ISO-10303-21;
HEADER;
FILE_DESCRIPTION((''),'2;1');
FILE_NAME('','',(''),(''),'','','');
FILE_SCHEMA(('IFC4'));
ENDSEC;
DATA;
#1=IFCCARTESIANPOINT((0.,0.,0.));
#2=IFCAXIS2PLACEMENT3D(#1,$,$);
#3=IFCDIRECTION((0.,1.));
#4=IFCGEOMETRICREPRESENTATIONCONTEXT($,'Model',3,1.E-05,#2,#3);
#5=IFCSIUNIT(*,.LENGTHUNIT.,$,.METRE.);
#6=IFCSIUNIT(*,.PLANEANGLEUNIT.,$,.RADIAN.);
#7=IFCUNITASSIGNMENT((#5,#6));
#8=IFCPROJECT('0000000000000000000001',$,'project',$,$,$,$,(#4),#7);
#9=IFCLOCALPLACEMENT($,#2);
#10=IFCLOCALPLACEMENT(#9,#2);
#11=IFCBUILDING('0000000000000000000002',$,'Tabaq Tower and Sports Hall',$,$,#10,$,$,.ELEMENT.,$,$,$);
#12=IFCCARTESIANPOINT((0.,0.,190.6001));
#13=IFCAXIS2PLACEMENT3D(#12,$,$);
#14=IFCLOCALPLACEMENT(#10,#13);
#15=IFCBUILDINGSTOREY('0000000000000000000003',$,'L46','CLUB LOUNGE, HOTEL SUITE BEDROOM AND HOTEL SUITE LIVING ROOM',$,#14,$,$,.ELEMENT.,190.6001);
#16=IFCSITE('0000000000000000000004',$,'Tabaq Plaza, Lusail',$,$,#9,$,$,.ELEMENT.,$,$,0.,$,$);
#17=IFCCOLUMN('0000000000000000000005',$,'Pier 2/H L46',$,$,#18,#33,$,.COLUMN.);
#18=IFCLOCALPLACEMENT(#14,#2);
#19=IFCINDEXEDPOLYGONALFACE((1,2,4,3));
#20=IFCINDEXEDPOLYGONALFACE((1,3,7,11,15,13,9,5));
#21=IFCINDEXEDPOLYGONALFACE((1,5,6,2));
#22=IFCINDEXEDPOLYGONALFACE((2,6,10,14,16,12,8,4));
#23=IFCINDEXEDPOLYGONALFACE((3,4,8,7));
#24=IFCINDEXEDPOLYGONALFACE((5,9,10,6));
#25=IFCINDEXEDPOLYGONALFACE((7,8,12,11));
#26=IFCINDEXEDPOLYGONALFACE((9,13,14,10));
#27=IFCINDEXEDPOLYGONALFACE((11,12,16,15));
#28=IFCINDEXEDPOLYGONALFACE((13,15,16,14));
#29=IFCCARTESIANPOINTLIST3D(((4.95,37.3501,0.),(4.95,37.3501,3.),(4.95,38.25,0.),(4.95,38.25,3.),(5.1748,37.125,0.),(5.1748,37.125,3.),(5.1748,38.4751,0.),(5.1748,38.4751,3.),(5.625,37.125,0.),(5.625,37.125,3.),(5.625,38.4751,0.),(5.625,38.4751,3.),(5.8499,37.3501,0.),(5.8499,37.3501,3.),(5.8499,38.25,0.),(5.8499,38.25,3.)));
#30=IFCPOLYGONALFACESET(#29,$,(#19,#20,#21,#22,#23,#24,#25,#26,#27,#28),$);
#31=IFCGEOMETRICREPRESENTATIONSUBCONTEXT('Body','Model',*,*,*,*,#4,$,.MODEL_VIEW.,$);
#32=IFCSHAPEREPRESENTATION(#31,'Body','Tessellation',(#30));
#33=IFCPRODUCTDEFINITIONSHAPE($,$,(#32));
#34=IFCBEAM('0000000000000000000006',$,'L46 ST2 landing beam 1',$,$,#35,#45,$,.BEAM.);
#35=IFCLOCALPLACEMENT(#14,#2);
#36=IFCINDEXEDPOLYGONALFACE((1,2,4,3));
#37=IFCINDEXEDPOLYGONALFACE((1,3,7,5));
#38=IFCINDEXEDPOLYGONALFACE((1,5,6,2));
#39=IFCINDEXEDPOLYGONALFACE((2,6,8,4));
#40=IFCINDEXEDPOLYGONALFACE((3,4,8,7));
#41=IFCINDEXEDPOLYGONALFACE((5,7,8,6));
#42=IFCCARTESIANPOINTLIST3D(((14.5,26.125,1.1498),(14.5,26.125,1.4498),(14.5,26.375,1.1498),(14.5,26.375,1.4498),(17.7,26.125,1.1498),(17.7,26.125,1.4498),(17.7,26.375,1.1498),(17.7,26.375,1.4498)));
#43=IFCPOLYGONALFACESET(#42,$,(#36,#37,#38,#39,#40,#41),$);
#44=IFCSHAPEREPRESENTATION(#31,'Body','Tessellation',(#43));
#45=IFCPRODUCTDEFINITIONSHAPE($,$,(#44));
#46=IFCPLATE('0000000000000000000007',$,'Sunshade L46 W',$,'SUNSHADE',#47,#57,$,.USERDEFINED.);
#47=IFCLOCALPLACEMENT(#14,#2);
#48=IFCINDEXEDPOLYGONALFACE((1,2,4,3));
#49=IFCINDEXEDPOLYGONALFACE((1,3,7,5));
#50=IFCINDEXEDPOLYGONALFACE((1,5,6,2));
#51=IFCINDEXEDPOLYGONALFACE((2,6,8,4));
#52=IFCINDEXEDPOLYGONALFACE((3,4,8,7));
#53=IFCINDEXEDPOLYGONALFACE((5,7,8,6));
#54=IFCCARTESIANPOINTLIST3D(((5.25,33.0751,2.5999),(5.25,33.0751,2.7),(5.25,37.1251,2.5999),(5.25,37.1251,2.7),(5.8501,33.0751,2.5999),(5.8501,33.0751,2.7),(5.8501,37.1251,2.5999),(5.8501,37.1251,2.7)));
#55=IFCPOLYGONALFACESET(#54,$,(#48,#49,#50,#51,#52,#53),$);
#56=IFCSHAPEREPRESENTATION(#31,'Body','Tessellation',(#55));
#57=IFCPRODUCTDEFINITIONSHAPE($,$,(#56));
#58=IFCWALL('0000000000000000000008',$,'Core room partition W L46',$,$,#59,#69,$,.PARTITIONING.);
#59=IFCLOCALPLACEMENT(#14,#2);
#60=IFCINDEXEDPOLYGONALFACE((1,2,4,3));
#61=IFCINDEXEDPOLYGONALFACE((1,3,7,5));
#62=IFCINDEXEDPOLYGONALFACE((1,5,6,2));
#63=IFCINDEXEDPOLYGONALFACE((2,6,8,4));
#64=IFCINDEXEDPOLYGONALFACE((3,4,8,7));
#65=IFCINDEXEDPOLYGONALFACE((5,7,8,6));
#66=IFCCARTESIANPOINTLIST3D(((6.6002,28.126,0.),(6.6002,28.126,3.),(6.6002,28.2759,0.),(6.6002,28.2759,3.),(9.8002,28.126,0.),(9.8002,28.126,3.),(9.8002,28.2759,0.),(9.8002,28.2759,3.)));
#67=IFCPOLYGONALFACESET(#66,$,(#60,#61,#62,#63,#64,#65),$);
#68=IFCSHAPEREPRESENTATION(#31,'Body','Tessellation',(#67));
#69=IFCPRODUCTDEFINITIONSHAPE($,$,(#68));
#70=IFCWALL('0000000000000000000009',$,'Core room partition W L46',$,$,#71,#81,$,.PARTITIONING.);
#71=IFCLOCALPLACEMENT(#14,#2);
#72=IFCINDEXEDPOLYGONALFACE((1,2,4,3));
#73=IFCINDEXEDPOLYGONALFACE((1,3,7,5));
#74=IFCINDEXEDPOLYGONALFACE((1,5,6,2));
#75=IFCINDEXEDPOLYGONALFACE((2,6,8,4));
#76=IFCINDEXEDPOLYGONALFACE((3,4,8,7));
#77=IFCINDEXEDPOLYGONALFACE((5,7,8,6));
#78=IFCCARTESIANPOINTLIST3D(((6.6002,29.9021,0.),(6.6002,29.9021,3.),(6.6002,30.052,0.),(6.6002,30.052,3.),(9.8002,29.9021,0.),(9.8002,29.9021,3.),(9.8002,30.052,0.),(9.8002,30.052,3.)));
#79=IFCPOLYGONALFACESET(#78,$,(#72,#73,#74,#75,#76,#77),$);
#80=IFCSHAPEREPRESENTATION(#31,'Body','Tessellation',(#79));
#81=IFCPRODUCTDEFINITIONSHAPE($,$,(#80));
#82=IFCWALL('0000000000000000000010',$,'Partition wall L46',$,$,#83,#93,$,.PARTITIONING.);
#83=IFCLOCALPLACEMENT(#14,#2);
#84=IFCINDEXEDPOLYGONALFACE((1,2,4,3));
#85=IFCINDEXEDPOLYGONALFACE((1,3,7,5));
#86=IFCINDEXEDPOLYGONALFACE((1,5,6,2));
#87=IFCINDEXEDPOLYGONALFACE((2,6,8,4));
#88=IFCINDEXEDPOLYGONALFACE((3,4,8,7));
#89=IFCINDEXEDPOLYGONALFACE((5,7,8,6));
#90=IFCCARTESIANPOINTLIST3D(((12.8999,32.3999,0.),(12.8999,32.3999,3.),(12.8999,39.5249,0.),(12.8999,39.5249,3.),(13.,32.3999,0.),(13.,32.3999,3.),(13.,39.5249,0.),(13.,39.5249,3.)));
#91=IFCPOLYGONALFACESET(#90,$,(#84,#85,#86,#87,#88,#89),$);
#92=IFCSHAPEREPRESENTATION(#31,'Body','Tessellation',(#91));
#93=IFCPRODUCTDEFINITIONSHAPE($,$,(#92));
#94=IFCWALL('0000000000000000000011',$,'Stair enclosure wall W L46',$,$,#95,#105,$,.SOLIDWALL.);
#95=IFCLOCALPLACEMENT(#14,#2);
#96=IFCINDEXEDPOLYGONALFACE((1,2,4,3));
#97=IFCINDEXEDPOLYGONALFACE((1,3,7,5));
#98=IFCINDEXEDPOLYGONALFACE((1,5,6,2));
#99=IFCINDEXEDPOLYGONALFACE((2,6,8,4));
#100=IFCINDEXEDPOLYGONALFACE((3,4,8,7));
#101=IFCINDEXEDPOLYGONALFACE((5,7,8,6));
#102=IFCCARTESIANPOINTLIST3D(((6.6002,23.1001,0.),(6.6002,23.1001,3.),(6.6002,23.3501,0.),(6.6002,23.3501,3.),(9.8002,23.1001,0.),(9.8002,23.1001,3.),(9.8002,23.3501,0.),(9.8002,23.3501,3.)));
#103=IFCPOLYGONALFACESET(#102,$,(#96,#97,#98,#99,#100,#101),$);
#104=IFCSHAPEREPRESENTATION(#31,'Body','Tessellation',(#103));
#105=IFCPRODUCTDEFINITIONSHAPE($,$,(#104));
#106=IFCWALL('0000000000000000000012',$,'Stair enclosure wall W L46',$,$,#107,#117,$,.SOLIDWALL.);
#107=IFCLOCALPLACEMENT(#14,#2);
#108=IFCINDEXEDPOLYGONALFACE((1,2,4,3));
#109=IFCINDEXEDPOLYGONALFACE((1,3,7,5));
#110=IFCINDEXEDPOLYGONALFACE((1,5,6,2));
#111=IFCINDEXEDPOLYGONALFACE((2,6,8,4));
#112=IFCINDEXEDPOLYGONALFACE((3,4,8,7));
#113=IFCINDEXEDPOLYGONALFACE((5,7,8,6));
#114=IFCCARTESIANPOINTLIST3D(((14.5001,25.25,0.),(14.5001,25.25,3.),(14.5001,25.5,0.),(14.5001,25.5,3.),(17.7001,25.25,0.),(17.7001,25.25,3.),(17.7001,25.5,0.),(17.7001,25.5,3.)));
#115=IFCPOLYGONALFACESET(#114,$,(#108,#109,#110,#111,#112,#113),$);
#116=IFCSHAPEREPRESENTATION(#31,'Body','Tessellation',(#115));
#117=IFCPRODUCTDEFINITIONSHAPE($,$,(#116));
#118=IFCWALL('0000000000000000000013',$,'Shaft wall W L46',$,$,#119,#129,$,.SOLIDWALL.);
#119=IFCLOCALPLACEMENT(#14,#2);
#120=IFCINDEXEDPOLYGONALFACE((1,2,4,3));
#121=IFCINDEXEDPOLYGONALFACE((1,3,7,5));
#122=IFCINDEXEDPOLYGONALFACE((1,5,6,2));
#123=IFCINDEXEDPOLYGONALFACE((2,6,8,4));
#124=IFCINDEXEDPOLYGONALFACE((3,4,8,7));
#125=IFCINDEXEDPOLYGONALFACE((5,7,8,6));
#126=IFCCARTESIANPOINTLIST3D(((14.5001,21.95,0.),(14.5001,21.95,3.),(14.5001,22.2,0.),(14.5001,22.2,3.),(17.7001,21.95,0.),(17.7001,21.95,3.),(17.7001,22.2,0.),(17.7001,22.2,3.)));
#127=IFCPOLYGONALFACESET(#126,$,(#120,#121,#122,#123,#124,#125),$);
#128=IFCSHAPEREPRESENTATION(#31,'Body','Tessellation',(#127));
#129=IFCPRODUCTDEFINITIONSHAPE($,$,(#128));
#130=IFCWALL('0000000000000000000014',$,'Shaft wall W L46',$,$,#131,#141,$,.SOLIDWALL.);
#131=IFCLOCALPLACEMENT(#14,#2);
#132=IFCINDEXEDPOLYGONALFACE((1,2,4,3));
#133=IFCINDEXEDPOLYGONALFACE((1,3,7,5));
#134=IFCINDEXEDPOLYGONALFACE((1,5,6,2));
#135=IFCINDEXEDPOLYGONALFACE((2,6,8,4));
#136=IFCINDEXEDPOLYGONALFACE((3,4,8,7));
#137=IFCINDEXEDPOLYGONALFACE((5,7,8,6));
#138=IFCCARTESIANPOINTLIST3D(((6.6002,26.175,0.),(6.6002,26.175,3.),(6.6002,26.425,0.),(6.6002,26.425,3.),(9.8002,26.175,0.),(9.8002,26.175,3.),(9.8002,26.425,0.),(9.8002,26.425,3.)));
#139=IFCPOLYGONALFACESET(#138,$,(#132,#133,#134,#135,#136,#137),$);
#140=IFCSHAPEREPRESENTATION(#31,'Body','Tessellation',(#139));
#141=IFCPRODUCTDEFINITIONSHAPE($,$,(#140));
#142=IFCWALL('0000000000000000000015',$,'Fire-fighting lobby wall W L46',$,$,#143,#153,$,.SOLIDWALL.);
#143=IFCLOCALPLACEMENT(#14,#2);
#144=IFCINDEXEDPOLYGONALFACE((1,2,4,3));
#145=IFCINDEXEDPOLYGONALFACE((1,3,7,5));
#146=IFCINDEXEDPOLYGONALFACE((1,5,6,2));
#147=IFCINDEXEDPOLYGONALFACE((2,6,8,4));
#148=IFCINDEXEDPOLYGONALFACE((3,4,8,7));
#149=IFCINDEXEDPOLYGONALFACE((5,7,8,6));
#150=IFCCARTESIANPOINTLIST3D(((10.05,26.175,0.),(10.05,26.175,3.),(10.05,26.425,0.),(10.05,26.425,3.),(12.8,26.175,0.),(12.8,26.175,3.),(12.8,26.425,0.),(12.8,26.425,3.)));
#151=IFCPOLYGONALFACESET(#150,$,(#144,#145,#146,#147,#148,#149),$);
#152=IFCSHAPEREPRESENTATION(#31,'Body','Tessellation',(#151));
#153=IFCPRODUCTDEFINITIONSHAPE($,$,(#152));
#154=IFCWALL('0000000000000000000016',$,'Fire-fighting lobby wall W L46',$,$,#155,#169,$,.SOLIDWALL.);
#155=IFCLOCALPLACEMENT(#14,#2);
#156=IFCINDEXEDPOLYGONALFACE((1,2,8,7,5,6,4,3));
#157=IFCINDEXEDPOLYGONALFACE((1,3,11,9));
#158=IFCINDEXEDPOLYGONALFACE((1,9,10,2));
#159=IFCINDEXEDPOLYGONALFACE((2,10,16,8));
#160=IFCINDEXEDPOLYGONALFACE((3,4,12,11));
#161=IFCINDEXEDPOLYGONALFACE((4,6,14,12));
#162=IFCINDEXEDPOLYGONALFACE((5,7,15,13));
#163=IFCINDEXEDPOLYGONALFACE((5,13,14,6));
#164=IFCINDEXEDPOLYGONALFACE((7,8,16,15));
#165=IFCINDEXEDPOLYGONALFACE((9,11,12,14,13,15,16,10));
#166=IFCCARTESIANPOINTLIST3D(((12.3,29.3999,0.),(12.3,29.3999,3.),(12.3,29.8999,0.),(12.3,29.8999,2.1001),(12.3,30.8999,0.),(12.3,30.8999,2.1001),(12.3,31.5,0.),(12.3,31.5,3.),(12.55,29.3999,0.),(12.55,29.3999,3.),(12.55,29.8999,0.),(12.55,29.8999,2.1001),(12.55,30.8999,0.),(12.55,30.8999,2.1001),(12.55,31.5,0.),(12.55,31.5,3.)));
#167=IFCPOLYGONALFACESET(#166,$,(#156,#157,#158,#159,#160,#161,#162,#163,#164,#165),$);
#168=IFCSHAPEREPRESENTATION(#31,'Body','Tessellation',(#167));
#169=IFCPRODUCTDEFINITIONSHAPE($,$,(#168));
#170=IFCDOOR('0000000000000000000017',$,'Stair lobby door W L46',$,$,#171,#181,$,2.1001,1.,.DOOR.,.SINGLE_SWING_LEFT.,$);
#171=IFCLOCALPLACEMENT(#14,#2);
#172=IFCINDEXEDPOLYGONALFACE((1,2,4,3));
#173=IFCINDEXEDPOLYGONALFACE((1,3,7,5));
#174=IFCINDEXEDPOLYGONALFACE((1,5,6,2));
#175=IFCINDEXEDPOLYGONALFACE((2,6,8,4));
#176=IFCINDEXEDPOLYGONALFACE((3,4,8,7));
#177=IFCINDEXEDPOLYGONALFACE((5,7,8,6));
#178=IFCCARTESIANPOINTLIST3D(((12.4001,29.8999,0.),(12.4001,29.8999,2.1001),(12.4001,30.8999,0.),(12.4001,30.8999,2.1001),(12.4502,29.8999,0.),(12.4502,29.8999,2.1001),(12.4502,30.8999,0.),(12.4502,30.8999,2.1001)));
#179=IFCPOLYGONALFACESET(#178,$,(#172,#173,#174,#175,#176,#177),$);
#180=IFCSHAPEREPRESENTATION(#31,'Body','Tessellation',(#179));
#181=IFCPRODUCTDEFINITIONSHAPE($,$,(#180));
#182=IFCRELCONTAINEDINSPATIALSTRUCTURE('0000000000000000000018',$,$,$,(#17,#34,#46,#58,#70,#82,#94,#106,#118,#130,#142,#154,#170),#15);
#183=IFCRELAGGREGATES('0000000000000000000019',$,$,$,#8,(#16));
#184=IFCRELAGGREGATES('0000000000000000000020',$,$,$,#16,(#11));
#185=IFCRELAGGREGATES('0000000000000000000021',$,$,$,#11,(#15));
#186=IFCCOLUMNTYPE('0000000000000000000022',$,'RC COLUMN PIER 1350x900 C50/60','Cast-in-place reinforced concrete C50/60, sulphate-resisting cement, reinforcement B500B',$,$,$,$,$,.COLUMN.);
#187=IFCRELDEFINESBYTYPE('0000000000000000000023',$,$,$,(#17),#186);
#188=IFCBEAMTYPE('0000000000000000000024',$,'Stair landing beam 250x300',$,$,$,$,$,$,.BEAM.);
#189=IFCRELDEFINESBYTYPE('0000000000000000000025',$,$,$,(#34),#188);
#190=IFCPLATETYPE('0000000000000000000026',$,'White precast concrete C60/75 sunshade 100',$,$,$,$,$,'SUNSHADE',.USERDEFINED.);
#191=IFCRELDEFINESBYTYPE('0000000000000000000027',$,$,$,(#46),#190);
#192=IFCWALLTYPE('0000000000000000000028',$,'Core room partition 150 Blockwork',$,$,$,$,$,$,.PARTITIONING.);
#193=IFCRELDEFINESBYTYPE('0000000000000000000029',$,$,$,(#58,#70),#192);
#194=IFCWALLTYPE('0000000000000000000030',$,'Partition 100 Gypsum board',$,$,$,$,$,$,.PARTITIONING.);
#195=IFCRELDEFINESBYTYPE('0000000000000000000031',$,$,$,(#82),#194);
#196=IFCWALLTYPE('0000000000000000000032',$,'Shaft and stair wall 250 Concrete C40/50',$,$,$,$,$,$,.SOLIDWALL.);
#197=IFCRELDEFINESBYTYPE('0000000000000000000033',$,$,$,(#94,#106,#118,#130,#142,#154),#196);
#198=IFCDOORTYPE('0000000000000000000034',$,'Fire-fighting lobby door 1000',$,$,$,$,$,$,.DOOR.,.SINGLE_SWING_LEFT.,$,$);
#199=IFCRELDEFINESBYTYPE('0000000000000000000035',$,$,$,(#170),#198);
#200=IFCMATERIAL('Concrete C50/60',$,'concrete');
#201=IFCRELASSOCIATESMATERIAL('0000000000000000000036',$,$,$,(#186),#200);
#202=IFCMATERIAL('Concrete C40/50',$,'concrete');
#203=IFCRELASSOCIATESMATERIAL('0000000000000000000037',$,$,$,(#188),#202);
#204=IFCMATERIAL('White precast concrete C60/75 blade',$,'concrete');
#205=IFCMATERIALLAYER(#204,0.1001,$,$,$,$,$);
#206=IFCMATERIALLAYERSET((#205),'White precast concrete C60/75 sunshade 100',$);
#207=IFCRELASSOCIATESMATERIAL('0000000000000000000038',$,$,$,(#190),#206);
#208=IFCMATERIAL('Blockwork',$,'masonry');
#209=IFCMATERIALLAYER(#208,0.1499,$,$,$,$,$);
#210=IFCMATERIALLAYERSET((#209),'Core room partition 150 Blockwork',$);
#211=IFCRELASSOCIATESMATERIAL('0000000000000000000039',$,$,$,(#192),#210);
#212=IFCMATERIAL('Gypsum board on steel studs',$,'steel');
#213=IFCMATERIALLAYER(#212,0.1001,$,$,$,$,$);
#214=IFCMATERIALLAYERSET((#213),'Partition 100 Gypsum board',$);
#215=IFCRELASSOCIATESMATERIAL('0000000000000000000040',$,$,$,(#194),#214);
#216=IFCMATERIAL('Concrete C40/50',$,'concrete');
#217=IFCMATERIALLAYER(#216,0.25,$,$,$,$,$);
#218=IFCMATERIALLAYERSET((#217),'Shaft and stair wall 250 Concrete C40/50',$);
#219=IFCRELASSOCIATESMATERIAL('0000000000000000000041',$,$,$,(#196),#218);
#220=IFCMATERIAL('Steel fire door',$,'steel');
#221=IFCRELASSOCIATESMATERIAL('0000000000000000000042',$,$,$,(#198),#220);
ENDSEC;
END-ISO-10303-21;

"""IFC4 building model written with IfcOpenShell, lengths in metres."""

from ifc_helpers import new_model, si_unit, direction, frame, frame_2d, origin, origin_2d, place, context, subcontext, project, spatial, polyline, rectangle, outline, extrude, material, layer, layer_set, material_profile, profile_set, type_object, element, fill, save


model = new_model("IFC4")

# Units and contexts
model_context = context("Model", 3, precision=1e-05, world=origin(), true_north=direction((0.0, 1.0)))
body_context = subcontext(model_context, "Body", "Model", "MODEL_VIEW")
ifc_project = project(units=[si_unit("LENGTHUNIT", "METRE"), si_unit("PLANEANGLEUNIT", "RADIAN")], contexts=[model_context])

# Site, building, storey
site_placement = place(None, origin())
site = spatial("IfcSite", under=ifc_project, at=site_placement, Name="Tabaq Plaza, Lusail", CompositionType="ELEMENT", RefElevation=0.0)
building_placement = place(site_placement, origin())
building = spatial("IfcBuilding", under=site, at=building_placement, Name="Tabaq Tower and Sports Hall", CompositionType="ELEMENT")
storey_placement = place(building_placement, frame((0.0, 0.0, 190.6001)))
storey = spatial("IfcBuildingStorey", under=building, at=storey_placement, Name="L46", Description="CLUB LOUNGE, HOTEL SUITE BEDROOM AND HOTEL SUITE LIVING ROOM", CompositionType="ELEMENT", Elevation=190.6001)

# Column
ifc_material_1 = material(Name="Concrete C50/60", Category="concrete")
ifc_material_profile_1 = material_profile(ifc_material_1, outline(polyline([(-0.45, -0.45), (0.45, -0.45), (0.675, -0.2251), (0.675, 0.2251), (0.45, 0.45), (-0.45, 0.45), (-0.675, 0.2251), (-0.675, -0.2251), (-0.45, -0.45)])), Name="PIER 1350x900")
ifc_profile_set_1 = profile_set([ifc_material_profile_1], Name="Concrete C50/60")
column_type = type_object("IfcColumnType", Name="RC COLUMN PIER 1350x900 C50/60", Description="Cast-in-place reinforced concrete C50/60, sulphate-resisting cement, reinforcement B500B", PredefinedType="COLUMN", material=ifc_profile_set_1)
column_placement = place(storey_placement, frame((5.3999, 37.8, 0.0), z_axis=(0.0, 0.0, 1.0), x_axis=(0.0, 1.0, 0.0)))
element("IfcColumn", 1, at=column_placement, inside=storey, type_object=column_type, Name="Pier 2/H L46", PredefinedType="COLUMN", context=body_context, shape_type="SweptSolid", body=[
    extrude(outline(polyline([(-0.45, -0.45), (0.45, -0.45), (0.675, -0.2251), (0.675, 0.2251), (0.45, 0.45), (-0.45, 0.45), (-0.675, 0.2251), (-0.675, -0.2251), (-0.45, -0.45)])), origin(), (0.0, 0.0, 1.0), 3.0),
])

# Beam
ifc_material_2 = material(Name="Concrete C40/50", Category="concrete")
ifc_material_profile_2 = material_profile(ifc_material_2, rectangle(XDim=0.25, YDim=0.3, at=origin_2d()), Name="RC 250x300")
ifc_profile_set_2 = profile_set([ifc_material_profile_2], Name="Concrete C40/50")
beam_type = type_object("IfcBeamType", Name="Stair landing beam 250x300", PredefinedType="BEAM", material=ifc_profile_set_2)
beam_placement = place(storey_placement, frame((14.5, 26.25, 1.2998), z_axis=(1.0, 0.0, 0.0), x_axis=(0.0, 1.0, 0.0)))
element("IfcBeam", 2, at=beam_placement, inside=storey, type_object=beam_type, Name="L46 ST2 landing beam 1", PredefinedType="BEAM", context=body_context, shape_type="SweptSolid", body=[
    extrude(rectangle(XDim=0.25, YDim=0.3, at=origin_2d()), origin(), (0.0, 0.0, 1.0), 3.2),
])

# Plate
ifc_material_3 = material(Name="White precast concrete C60/75 blade", Category="concrete")
ifc_layer_1 = layer(ifc_material_3, 0.1001)
ifc_layer_set_1 = layer_set([ifc_layer_1], Name="White precast concrete C60/75 sunshade 100")
plate_type = type_object("IfcPlateType", Name="White precast concrete C60/75 sunshade 100", ElementType="SUNSHADE", PredefinedType="USERDEFINED", material=ifc_layer_set_1)
plate_placement = place(storey_placement, frame((5.55, 35.1001, 2.5999), z_axis=(0.0, 0.0, 1.0), x_axis=(0.0, -1.0, 0.0)))
element("IfcPlate", 3, at=plate_placement, inside=storey, type_object=plate_type, Name="Sunshade L46 W", ObjectType="SUNSHADE", PredefinedType="USERDEFINED", context=body_context, shape_type="SweptSolid", body=[
    extrude(rectangle(XDim=4.05, YDim=0.6001, at=origin_2d()), origin(), (0.0, 0.0, 1.0), 0.1001),
])

# Walls
ifc_material_4 = material(Name="Blockwork", Category="masonry")
ifc_layer_2 = layer(ifc_material_4, 0.1499)
ifc_layer_set_2 = layer_set([ifc_layer_2], Name="Core room partition 150 Blockwork")
wall_type_1 = type_object("IfcWallType", Name="Core room partition 150 Blockwork", PredefinedType="PARTITIONING", material=ifc_layer_set_2)
for number, where, z_axis, x_axis, name in (
    (4, (6.6001, 28.2009, 0.0), (0.0, 0.0, 1.0), (1.0, 0.0, 0.0), "Core room partition W L46"),
    (5, (6.6001, 29.9771, 0.0), (0.0, 0.0, 1.0), (1.0, 0.0, 0.0), "Core room partition W L46"),
):
    element("IfcWall", number, at=place(storey_placement, frame(where, z_axis=z_axis, x_axis=x_axis)), inside=storey, type_object=wall_type_1, Name=name, PredefinedType="PARTITIONING", context=body_context, shape_type="SweptSolid", body=[
        extrude(rectangle(XDim=3.2, YDim=0.1499, at=frame_2d((1.6001, 0.0))), origin(), (0.0, 0.0, 1.0), 3.0),
    ])

# Walls
ifc_material_5 = material(Name="Gypsum board on steel studs", Category="steel")
ifc_layer_3 = layer(ifc_material_5, 0.1001)
ifc_layer_set_3 = layer_set([ifc_layer_3], Name="Partition 100 Gypsum board")
wall_type_2 = type_object("IfcWallType", Name="Partition 100 Gypsum board", PredefinedType="PARTITIONING", material=ifc_layer_set_3)
wall_1_placement = place(storey_placement, frame((12.95, 32.3999, 0.0), z_axis=(0.0, 0.0, 1.0), x_axis=(0.0, 1.0, 0.0)))
element("IfcWall", 6, at=wall_1_placement, inside=storey, type_object=wall_type_2, Name="Partition wall L46", PredefinedType="PARTITIONING", context=body_context, shape_type="SweptSolid", body=[
    extrude(rectangle(XDim=7.125, YDim=0.1001, at=frame_2d((3.5625, 0.0))), origin(), (0.0, 0.0, 1.0), 3.0),
])
ifc_material_6 = material(Name="Concrete C40/50", Category="concrete")
ifc_layer_4 = layer(ifc_material_6, 0.25)
ifc_layer_set_4 = layer_set([ifc_layer_4], Name="Shaft and stair wall 250 Concrete C40/50")
wall_type_3 = type_object("IfcWallType", Name="Shaft and stair wall 250 Concrete C40/50", PredefinedType="SOLIDWALL", material=ifc_layer_set_4)
for number, where, z_axis, x_axis, name in (
    (7, (6.6001, 23.2251, 0.0), (0.0, 0.0, 1.0), (1.0, 0.0, 0.0), "Stair enclosure wall W L46"),
    (8, (14.5, 25.375, 0.0), (0.0, 0.0, 1.0), (1.0, 0.0, 0.0), "Stair enclosure wall W L46"),
    (9, (14.5, 22.075, 0.0), (0.0, 0.0, 1.0), (1.0, 0.0, 0.0), "Shaft wall W L46"),
    (10, (6.6001, 26.3, 0.0), (0.0, 0.0, 1.0), (1.0, 0.0, 0.0), "Shaft wall W L46"),
):
    element("IfcWall", number, at=place(storey_placement, frame(where, z_axis=z_axis, x_axis=x_axis)), inside=storey, type_object=wall_type_3, Name=name, PredefinedType="SOLIDWALL", context=body_context, shape_type="SweptSolid", body=[
        extrude(rectangle(XDim=3.2, YDim=0.25, at=frame_2d((1.6001, 0.0))), origin(), (0.0, 0.0, 1.0), 3.0),
    ])
wall_2_placement = place(storey_placement, frame((10.05, 26.3, 0.0), z_axis=(0.0, 0.0, 1.0), x_axis=(1.0, 0.0, 0.0)))
element("IfcWall", 11, at=wall_2_placement, inside=storey, type_object=wall_type_3, Name="Fire-fighting lobby wall W L46", PredefinedType="SOLIDWALL", context=body_context, shape_type="SweptSolid", body=[
    extrude(rectangle(XDim=2.75, YDim=0.25, at=frame_2d((1.375, 0.0))), origin(), (0.0, 0.0, 1.0), 3.0),
])

# Wall, opening, door
wall_3_placement = place(storey_placement, frame((12.425, 29.3999, 0.0), z_axis=(0.0, 0.0, 1.0), x_axis=(0.0, 1.0, 0.0)))
wall_3 = element("IfcWall", 12, at=wall_3_placement, inside=storey, type_object=wall_type_3, Name="Fire-fighting lobby wall W L46", PredefinedType="SOLIDWALL", context=body_context, shape_type="SweptSolid", body=[
    extrude(rectangle(XDim=2.1001, YDim=0.25, at=frame_2d((1.05, 0.0))), origin(), (0.0, 0.0, 1.0), 3.0),
])
opening_1_placement = place(wall_3_placement, frame((0.5, 0.0, 0.0)))
opening_1 = element("IfcOpeningElement", 13, at=opening_1_placement, cuts=wall_3, PredefinedType="OPENING", context=body_context, shape_type="SweptSolid", body=[
    extrude(rectangle(XDim=1.0, YDim=2.1001, at=frame_2d((0.5, 1.05))), frame((0.0, 0.125, 0.0), z_axis=(0.0, -1.0, 0.0), x_axis=(1.0, 0.0, 0.0)), (0.0, 0.0, 1.0), 0.25),
])
ifc_material_7 = material(Name="Steel fire door", Category="steel")
door_type_1 = type_object("IfcDoorType", Name="Fire-fighting lobby door 1000", OperationType="SINGLE_SWING_LEFT", PredefinedType="DOOR", material=ifc_material_7)
door_1_placement = place(opening_1_placement, origin())
door_1 = element("IfcDoor", 14, at=door_1_placement, inside=storey, type_object=door_type_1, Name="Stair lobby door W L46", OperationType="SINGLE_SWING_LEFT", OverallHeight=2.1001, OverallWidth=1.0, PredefinedType="DOOR", context=body_context, shape_type="SweptSolid", body=[
    extrude(rectangle(XDim=1.0, YDim=2.1001, at=frame_2d((0.5, 1.05))), frame((0.0, 0.0249, 0.0), z_axis=(0.0, -1.0, 0.0), x_axis=(1.0, 0.0, 0.0)), (0.0, 0.0, 1.0), 0.05),
])
fill(opening_1, door_1)

save(model, "model.ifc")
